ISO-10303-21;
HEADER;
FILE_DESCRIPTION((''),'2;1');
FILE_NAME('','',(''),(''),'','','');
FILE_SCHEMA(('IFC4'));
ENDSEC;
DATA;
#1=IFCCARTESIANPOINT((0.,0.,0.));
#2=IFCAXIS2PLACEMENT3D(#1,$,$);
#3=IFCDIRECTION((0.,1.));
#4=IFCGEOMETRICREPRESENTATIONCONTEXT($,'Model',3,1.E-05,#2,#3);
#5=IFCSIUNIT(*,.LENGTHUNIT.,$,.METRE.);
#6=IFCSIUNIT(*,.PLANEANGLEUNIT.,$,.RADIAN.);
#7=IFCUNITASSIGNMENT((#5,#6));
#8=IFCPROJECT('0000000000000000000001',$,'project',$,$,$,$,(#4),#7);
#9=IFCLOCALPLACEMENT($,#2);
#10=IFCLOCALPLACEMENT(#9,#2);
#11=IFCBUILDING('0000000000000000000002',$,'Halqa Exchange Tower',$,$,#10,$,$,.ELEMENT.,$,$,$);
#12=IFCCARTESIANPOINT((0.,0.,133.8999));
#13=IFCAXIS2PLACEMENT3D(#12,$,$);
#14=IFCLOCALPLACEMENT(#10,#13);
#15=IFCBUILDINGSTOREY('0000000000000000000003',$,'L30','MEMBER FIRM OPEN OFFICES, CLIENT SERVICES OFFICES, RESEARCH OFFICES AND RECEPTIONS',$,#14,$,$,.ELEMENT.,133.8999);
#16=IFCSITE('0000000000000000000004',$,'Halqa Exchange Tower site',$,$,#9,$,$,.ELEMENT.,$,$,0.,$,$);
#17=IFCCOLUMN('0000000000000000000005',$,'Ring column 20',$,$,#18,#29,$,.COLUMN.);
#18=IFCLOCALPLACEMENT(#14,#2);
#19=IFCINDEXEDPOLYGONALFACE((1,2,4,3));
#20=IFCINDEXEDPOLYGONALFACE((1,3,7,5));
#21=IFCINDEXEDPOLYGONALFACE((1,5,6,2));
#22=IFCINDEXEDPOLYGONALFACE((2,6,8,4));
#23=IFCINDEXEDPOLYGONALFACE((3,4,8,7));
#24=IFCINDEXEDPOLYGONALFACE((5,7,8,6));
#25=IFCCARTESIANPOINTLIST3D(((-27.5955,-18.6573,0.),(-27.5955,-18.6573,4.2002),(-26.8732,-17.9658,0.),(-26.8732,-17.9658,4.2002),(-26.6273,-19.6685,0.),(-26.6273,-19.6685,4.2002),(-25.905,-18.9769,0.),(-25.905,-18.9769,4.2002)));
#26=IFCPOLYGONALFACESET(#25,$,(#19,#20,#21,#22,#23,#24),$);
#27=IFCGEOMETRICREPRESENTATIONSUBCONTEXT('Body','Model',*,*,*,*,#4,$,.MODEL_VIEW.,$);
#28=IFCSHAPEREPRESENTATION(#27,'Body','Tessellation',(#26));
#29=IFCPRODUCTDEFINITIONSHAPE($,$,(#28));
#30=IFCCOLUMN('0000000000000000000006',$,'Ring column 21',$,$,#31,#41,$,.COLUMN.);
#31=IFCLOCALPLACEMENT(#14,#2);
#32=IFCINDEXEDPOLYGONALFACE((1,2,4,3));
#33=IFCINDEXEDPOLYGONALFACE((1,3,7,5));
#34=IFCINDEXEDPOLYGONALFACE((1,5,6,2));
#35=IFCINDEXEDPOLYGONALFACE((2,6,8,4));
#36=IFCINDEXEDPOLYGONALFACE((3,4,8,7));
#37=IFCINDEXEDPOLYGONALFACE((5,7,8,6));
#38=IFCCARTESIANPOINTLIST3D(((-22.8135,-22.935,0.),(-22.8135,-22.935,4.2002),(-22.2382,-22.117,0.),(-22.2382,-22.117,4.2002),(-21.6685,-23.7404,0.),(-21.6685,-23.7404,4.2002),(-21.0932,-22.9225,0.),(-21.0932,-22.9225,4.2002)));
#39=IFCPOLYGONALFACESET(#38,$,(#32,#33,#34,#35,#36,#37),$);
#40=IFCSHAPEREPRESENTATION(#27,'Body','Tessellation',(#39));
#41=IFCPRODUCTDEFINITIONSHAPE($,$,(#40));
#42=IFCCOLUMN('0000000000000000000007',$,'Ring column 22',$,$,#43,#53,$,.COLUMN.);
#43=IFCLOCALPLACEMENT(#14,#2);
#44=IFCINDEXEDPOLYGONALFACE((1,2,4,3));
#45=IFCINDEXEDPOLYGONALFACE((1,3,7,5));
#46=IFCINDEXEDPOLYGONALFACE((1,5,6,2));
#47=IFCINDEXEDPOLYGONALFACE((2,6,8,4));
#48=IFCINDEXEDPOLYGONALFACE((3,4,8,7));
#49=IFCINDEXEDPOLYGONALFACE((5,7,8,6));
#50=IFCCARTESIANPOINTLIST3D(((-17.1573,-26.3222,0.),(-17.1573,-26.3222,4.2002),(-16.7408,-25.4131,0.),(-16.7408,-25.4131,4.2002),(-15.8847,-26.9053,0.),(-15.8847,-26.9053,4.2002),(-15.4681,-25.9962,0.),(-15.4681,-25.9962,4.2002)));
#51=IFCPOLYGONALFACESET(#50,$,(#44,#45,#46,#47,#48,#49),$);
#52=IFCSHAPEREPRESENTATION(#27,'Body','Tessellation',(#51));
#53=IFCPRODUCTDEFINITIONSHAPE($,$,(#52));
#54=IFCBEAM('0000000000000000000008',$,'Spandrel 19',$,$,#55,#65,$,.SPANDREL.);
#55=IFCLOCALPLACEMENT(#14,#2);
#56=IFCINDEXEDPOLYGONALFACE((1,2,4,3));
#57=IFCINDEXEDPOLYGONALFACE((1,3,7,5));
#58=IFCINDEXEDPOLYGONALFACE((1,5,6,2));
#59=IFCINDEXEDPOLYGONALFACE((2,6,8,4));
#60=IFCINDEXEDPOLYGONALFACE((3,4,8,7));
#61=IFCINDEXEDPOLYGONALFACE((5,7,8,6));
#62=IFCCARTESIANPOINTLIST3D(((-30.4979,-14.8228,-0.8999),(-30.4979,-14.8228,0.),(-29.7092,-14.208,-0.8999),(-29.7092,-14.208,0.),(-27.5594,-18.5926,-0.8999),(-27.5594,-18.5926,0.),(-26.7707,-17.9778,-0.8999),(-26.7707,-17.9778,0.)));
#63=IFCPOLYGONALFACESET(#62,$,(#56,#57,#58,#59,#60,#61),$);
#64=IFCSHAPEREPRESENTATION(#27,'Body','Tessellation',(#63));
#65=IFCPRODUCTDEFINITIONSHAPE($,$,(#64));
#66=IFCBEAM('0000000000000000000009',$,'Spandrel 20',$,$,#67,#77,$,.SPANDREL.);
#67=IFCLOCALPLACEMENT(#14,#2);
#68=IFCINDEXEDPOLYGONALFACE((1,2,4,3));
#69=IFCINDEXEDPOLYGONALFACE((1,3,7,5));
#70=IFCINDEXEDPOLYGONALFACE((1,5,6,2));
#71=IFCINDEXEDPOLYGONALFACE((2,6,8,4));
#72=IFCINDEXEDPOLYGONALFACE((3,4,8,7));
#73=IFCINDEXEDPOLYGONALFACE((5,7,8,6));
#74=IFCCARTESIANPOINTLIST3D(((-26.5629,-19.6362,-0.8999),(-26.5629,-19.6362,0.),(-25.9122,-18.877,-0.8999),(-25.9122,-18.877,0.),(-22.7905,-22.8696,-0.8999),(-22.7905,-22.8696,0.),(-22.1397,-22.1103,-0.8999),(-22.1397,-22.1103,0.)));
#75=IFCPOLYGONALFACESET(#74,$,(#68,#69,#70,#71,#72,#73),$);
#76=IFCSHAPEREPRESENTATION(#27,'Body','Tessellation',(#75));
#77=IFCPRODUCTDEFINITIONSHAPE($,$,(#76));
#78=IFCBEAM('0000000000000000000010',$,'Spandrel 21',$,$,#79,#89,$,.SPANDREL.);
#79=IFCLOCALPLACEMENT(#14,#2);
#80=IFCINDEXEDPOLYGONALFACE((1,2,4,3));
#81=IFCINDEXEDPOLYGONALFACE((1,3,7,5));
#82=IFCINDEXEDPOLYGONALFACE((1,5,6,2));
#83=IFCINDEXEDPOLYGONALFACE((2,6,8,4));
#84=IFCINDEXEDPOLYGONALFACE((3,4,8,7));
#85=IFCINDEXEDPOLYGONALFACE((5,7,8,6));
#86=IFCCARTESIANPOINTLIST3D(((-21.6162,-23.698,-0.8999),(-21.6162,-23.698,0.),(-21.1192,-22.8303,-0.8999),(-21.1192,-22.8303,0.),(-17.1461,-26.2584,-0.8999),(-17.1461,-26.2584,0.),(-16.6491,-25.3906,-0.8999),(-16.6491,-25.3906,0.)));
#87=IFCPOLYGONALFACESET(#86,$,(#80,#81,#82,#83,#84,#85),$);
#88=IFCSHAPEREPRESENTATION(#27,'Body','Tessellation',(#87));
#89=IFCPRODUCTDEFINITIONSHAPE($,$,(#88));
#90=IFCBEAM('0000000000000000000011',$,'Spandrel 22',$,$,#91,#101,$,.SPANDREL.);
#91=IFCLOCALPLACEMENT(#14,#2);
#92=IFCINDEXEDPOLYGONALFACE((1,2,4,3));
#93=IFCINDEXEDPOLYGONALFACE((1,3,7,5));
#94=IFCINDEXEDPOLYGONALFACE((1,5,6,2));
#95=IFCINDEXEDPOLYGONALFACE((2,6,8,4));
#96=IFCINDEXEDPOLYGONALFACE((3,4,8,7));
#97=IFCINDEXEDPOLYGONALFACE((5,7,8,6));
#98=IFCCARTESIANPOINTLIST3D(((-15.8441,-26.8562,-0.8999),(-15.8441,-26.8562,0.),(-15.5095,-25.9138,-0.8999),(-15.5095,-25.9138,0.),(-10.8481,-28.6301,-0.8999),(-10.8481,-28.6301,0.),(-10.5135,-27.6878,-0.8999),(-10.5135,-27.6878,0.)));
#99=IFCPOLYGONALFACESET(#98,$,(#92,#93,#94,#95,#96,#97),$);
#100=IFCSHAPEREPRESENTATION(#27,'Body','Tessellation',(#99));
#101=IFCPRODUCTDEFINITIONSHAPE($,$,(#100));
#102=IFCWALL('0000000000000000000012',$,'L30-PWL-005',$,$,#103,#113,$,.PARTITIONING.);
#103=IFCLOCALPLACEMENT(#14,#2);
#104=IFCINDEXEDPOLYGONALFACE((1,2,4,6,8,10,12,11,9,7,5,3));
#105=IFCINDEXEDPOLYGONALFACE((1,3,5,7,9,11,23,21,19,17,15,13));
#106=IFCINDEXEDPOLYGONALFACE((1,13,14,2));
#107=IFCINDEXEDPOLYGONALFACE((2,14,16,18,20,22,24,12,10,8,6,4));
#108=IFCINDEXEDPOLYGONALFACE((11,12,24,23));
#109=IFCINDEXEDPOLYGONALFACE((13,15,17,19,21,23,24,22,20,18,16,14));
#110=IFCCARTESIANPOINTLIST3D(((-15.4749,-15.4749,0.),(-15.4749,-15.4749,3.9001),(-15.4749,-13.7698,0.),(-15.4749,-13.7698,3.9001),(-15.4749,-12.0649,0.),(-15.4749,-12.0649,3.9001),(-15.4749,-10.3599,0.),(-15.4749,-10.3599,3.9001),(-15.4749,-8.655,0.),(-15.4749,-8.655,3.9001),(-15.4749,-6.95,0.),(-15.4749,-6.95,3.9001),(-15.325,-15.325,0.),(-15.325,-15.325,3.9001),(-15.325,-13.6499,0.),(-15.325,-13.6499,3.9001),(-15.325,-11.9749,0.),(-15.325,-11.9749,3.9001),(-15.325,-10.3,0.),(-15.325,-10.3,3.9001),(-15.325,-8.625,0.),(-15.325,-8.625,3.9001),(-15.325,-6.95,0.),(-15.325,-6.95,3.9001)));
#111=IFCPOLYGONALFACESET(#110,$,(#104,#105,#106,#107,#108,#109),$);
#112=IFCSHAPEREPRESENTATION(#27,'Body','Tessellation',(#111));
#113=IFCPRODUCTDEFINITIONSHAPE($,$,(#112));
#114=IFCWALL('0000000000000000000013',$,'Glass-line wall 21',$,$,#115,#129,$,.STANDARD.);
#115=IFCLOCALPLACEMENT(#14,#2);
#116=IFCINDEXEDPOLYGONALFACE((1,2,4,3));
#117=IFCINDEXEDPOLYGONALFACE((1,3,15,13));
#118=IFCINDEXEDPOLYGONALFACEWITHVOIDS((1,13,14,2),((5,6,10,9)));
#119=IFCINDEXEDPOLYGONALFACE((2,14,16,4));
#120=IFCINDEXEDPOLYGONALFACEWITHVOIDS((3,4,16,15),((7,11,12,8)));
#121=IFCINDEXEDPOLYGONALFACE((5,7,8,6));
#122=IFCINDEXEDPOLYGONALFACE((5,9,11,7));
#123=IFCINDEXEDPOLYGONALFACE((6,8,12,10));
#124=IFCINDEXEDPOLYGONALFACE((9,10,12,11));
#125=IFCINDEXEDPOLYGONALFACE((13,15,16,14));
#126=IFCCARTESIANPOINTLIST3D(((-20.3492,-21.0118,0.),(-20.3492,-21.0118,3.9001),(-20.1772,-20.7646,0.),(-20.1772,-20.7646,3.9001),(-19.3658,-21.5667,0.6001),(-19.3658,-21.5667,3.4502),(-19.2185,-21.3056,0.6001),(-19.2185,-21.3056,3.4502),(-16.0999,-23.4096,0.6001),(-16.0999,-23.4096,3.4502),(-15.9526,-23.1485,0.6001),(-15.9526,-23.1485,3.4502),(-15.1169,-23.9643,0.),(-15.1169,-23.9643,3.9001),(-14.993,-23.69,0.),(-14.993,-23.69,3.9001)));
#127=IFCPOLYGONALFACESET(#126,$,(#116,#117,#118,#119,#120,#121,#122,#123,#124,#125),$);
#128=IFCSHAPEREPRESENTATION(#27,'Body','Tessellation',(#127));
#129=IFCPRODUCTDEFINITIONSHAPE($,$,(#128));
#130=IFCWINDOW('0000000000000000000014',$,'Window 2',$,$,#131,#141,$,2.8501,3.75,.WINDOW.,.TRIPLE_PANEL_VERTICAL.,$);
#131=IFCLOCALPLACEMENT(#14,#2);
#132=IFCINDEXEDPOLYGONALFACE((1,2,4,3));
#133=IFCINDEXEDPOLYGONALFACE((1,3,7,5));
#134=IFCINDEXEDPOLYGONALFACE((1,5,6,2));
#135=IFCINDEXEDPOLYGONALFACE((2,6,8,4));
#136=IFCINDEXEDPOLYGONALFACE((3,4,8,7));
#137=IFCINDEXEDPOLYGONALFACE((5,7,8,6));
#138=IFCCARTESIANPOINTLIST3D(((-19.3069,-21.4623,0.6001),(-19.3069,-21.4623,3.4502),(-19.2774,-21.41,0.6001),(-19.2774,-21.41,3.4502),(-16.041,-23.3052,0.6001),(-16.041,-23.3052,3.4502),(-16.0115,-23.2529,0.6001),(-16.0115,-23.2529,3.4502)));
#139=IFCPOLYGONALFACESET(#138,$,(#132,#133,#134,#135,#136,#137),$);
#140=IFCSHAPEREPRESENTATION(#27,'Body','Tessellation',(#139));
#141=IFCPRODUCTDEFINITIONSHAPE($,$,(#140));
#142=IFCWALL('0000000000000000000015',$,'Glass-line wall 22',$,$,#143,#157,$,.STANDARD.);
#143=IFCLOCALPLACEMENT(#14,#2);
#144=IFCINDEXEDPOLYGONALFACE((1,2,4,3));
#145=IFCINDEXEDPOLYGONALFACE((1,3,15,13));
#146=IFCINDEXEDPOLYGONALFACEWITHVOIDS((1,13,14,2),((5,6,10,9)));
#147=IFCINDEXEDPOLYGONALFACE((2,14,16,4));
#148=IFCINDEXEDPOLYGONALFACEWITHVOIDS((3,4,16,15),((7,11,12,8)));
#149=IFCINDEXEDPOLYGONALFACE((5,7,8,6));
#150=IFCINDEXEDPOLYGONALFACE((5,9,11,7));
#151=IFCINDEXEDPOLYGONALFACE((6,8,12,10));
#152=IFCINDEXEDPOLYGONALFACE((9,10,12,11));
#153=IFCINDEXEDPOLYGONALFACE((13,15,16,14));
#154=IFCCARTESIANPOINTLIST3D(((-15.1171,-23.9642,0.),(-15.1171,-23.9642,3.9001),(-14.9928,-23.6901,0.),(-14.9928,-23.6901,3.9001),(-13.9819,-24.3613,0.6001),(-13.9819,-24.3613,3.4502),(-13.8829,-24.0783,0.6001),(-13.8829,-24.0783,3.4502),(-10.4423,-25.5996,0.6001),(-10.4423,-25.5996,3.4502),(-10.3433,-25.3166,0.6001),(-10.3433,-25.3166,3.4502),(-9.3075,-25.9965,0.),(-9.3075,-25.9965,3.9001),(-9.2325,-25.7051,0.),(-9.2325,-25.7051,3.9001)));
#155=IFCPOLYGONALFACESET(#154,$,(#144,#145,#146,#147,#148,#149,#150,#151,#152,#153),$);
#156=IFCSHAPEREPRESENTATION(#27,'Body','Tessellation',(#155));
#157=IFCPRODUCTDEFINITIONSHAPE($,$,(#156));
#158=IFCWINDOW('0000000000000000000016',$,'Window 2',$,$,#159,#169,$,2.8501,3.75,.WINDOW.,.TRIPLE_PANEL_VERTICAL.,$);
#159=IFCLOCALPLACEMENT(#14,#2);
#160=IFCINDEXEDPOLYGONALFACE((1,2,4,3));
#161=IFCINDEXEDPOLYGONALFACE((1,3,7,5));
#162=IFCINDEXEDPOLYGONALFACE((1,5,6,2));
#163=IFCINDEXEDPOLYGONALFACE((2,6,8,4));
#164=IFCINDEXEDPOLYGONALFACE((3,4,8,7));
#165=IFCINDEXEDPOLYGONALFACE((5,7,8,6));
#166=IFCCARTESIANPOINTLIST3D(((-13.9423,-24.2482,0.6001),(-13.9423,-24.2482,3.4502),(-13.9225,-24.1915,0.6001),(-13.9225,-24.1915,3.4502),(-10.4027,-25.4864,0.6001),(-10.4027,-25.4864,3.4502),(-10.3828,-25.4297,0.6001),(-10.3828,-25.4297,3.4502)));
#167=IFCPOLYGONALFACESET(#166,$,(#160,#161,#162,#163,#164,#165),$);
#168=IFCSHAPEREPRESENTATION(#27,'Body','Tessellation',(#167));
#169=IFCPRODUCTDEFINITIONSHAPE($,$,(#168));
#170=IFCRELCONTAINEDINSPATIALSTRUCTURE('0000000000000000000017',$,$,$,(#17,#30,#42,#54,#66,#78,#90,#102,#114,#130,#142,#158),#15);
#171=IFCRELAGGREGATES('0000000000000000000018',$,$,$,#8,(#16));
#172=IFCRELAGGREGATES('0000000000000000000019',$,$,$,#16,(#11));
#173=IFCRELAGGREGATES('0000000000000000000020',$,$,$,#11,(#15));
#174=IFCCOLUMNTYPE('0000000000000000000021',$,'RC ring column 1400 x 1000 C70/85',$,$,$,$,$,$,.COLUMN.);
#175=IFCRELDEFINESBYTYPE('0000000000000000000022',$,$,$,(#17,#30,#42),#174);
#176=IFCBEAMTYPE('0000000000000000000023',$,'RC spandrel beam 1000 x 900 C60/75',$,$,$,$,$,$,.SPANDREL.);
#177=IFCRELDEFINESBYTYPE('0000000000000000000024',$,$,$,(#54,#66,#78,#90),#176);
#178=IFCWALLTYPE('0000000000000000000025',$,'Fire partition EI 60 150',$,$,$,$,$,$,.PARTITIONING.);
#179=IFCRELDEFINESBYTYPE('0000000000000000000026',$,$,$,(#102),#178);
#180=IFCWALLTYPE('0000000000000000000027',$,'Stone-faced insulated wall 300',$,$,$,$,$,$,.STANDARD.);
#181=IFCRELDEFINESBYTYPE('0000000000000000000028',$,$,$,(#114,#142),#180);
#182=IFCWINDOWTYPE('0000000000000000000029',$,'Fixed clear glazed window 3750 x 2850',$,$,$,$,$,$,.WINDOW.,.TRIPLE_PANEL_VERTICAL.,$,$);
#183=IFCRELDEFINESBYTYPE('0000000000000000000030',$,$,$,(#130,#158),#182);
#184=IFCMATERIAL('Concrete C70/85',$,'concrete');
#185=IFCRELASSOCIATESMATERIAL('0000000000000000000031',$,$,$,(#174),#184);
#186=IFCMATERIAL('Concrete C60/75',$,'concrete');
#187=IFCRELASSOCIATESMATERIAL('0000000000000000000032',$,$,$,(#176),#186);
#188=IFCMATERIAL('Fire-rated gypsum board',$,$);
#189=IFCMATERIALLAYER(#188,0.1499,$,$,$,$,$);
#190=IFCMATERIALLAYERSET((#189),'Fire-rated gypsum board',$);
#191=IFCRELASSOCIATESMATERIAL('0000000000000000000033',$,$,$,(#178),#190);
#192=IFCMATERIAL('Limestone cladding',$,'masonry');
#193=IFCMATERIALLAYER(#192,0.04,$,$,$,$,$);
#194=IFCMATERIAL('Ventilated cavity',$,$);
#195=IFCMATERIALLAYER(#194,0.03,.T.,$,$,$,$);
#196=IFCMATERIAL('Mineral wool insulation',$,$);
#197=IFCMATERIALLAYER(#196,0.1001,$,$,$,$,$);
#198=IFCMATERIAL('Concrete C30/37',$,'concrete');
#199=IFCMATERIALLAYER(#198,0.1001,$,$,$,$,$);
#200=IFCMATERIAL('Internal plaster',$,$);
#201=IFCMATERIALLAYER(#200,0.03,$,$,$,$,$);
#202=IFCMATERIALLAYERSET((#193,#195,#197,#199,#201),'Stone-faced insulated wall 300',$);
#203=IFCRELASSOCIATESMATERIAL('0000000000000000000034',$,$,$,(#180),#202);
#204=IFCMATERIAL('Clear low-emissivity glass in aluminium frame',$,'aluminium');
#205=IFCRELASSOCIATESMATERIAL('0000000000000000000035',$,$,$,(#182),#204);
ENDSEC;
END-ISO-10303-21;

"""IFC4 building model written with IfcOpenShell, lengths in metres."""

from ifc_helpers import new_model, si_unit, direction, frame, frame_2d, origin, origin_2d, place, context, subcontext, project, spatial, polyline, rectangle, outline, extrude, material, layer, layer_set, material_profile, profile_set, type_object, element, fill, save


model = new_model("IFC4")

# Units and contexts
model_context = context("Model", 3, precision=1e-05, world=origin(), true_north=direction((0.0, 1.0)))
body_context = subcontext(model_context, "Body", "Model", "MODEL_VIEW")
ifc_project = project(units=[si_unit("LENGTHUNIT", "METRE"), si_unit("PLANEANGLEUNIT", "RADIAN")], contexts=[model_context])

# Site, building, storey
site_placement = place(None, origin())
site = spatial("IfcSite", under=ifc_project, at=site_placement, Name="Halqa Exchange Tower site", CompositionType="ELEMENT", RefElevation=0.0)
building_placement = place(site_placement, origin())
building = spatial("IfcBuilding", under=site, at=building_placement, Name="Halqa Exchange Tower", CompositionType="ELEMENT")
storey_placement = place(building_placement, frame((0.0, 0.0, 133.8999)))
storey = spatial("IfcBuildingStorey", under=building, at=storey_placement, Name="L30", Description="MEMBER FIRM OPEN OFFICES, CLIENT SERVICES OFFICES, RESEARCH OFFICES AND RECEPTIONS", CompositionType="ELEMENT", Elevation=133.8999)

# Columns
ifc_material_1 = material(Name="Concrete C70/85", Category="concrete")
ifc_material_profile_1 = material_profile(ifc_material_1, rectangle(XDim=1.3999, YDim=1.0, at=origin_2d()), Name="1400 x 1000")
ifc_profile_set_1 = profile_set([ifc_material_profile_1], Name="Concrete C70/85")
column_type = type_object("IfcColumnType", Name="RC ring column 1400 x 1000 C70/85", PredefinedType="COLUMN", material=ifc_profile_set_1)
for number, where, z_axis, x_axis, name in (
    (1, (-26.7502, -18.8171, 0.0), (0.0, 0.0, 1.0), (0.691571, -0.722308, 0.0), "Ring column 20"),
    (2, (-21.9534, -22.9287, 0.0), (0.0, 0.0, 1.0), (0.81791, -0.575346, 0.0), "Ring column 21"),
    (3, (-16.3127, -26.1592, 0.0), (0.0, 0.0, 1.0), (0.909126, -0.41652, 0.0), "Ring column 22"),
):
    element("IfcColumn", number, at=place(storey_placement, frame(where, z_axis=z_axis, x_axis=x_axis)), inside=storey, type_object=column_type, Name=name, PredefinedType="COLUMN", context=body_context, shape_type="SweptSolid", body=[
        extrude(rectangle(XDim=1.3999, YDim=1.0, at=origin_2d()), origin(), (0.0, 0.0, 1.0), 4.2002),
    ])

# Beams
ifc_material_2 = material(Name="Concrete C60/75", Category="concrete")
ifc_material_profile_2 = material_profile(ifc_material_2, rectangle(XDim=1.0, YDim=0.8999, at=origin_2d()), Name="1000 x 900")
ifc_profile_set_2 = profile_set([ifc_material_profile_2], Name="Concrete C60/75")
beam_type = type_object("IfcBeamType", Name="RC spandrel beam 1000 x 900 C60/75", PredefinedType="SPANDREL", material=ifc_profile_set_2)
beam_1_placement = place(storey_placement, frame((-30.1035, -14.5154, -0.45), z_axis=(0.614778, -0.7887, 0.0), x_axis=(0.7887, 0.614778, 0.0)))
element("IfcBeam", 4, at=beam_1_placement, inside=storey, type_object=beam_type, Name="Spandrel 19", PredefinedType="SPANDREL", context=body_context, shape_type="SweptSolid", body=[
    extrude(rectangle(XDim=1.0, YDim=0.8999, at=origin_2d()), origin(), (0.0, 0.0, 1.0), 4.7798),
])
beam_2_placement = place(storey_placement, frame((-26.2375, -19.2566, -0.45), z_axis=(0.75927, -0.650775, 0.0), x_axis=(0.650775, 0.75927, 0.0)))
element("IfcBeam", 5, at=beam_2_placement, inside=storey, type_object=beam_type, Name="Spandrel 20", PredefinedType="SPANDREL", context=body_context, shape_type="SweptSolid", body=[
    extrude(rectangle(XDim=1.0, YDim=0.8999, at=origin_2d()), origin(), (0.0, 0.0, 1.0), 4.9685),
])
beam_3_placement = place(storey_placement, frame((-21.3677, -23.2642, -0.45), z_axis=(0.867738, -0.497022, 0.0), x_axis=(0.497022, 0.867738, 0.0)))
element("IfcBeam", 6, at=beam_3_placement, inside=storey, type_object=beam_type, Name="Spandrel 21", PredefinedType="SPANDREL", context=body_context, shape_type="SweptSolid", body=[
    extrude(rectangle(XDim=1.0, YDim=0.8999, at=origin_2d()), origin(), (0.0, 0.0, 1.0), 5.1514),
])
beam_4_placement = place(storey_placement, frame((-15.6768, -26.385, -0.45), z_axis=(0.942356, -0.334612, 0.0), x_axis=(0.334612, 0.942356, 0.0)))
element("IfcBeam", 7, at=beam_4_placement, inside=storey, type_object=beam_type, Name="Spandrel 22", PredefinedType="SPANDREL", context=body_context, shape_type="SweptSolid", body=[
    extrude(rectangle(XDim=1.0, YDim=0.8999, at=origin_2d()), origin(), (0.0, 0.0, 1.0), 5.3015),
])

# Wall
ifc_material_3 = material(Name="Fire-rated gypsum board")
ifc_layer_1 = layer(ifc_material_3, 0.1499)
ifc_layer_set_1 = layer_set([ifc_layer_1], Name="Fire-rated gypsum board")
wall_type_1 = type_object("IfcWallType", Name="Fire partition EI 60 150", PredefinedType="PARTITIONING", material=ifc_layer_set_1)
wall_1_placement = place(storey_placement, frame((-15.3999, -15.4751, 0.0), z_axis=(0.0, 0.0, 1.0), x_axis=(0.0, 1.0, 0.0)))
element("IfcWall", 8, at=wall_1_placement, inside=storey, type_object=wall_type_1, Name="L30-PWL-005", PredefinedType="PARTITIONING", context=body_context, shape_type="SweptSolid", body=[
    extrude(outline(polyline([(8.5251, 0.075), (6.8201, 0.075), (5.1152, 0.075), (3.4102, 0.075), (1.7053, 0.075), (0.0002, 0.075), (0.1501, -0.075), (1.8252, -0.075), (3.5002, -0.075), (5.175, -0.075), (6.8501, -0.075), (8.5251, -0.075), (8.5251, 0.075)])), origin(), (0.0, 0.0, 1.0), 3.9001),
])

# Shared definitions
ifc_material_4 = material(Name="Limestone cladding", Category="masonry")
ifc_layer_2 = layer(ifc_material_4, 0.04)
ifc_material_5 = material(Name="Ventilated cavity")
ifc_layer_3 = layer(ifc_material_5, 0.03, ventilated=True)
ifc_material_6 = material(Name="Mineral wool insulation")
ifc_layer_4 = layer(ifc_material_6, 0.1001)
ifc_material_7 = material(Name="Concrete C30/37", Category="concrete")
ifc_layer_5 = layer(ifc_material_7, 0.1001)
ifc_material_8 = material(Name="Internal plaster")
ifc_layer_6 = layer(ifc_material_8, 0.03)
ifc_layer_set_2 = layer_set([ifc_layer_2, ifc_layer_3, ifc_layer_4, ifc_layer_5, ifc_layer_6], Name="Stone-faced insulated wall 300")
wall_type_2 = type_object("IfcWallType", Name="Stone-faced insulated wall 300", PredefinedType="STANDARD", material=ifc_layer_set_2)
ifc_material_9 = material(Name="Clear low-emissivity glass in aluminium frame", Category="aluminium")

# Walls, openings, windows
wall_2_placement = place(storey_placement, frame((-20.2632, -20.8882, 0.0), z_axis=(0.0, 0.0, 1.0), x_axis=(0.870909, -0.491445, 0.0)))
wall_2 = element("IfcWall", 9, at=wall_2_placement, inside=storey, type_object=wall_type_2, Name="Glass-line wall 21", PredefinedType="STANDARD", context=body_context, shape_type="SweptSolid", body=[
    extrude(outline(polyline([(-0.0142, -0.1499), (5.9937, -0.1499), (5.9668, 0.1499), (0.0142, 0.1499), (-0.0142, -0.1499)])), origin(), (0.0, 0.0, 1.0), 3.9001),
])
opening_1_placement = place(wall_2_placement, frame((1.115, 0.0, 0.6001)))
opening_1 = element("IfcOpeningElement", 10, at=opening_1_placement, cuts=wall_2, PredefinedType="OPENING", context=body_context, shape_type="SweptSolid", body=[
    extrude(rectangle(XDim=3.75, YDim=2.8501, at=frame_2d((1.875, 1.425))), frame((0.0, 0.1621, 0.0), z_axis=(0.0, -1.0, 0.0), x_axis=(1.0, 0.0, 0.0)), (0.0, 0.0, 1.0), 0.324),
])
window_type = type_object("IfcWindowType", Name="Fixed clear glazed window 3750 x 2850", PartitioningType="TRIPLE_PANEL_VERTICAL", PredefinedType="WINDOW", material=ifc_material_9)
window_1_placement = place(opening_1_placement, origin())
window_1 = element("IfcWindow", 11, at=window_1_placement, inside=storey, type_object=window_type, Name="Window 2", OverallHeight=2.8501, OverallWidth=3.75, PartitioningType="TRIPLE_PANEL_VERTICAL", PredefinedType="WINDOW", context=body_context, shape_type="SweptSolid", body=[
    extrude(rectangle(XDim=3.75, YDim=2.8501, at=frame_2d((1.875, 1.425))), frame((0.0, 0.03, 0.0), z_axis=(0.0, -1.0, 0.0), x_axis=(1.0, 0.0, 0.0)), (0.0, 0.0, 1.0), 0.0601),
])
fill(opening_1, window_1)
wall_3_placement = place(storey_placement, frame((-15.0549, -23.8271, 0.0), z_axis=(0.0, 0.0, 1.0), x_axis=(0.943911, -0.3302, 0.0)))
wall_3 = element("IfcWall", 12, at=wall_3_placement, inside=storey, type_object=wall_type_2, Name="Glass-line wall 22", PredefinedType="STANDARD", context=body_context, shape_type="SweptSolid", body=[
    extrude(outline(polyline([(-0.0134, -0.1499), (6.1414, -0.1499), (6.116, 0.1499), (0.0134, 0.1499), (-0.0134, -0.1499)])), origin(), (0.0, 0.0, 1.0), 3.9001),
])
opening_2_placement = place(wall_3_placement, frame((1.1892, 0.0, 0.6001)))
opening_2 = element("IfcOpeningElement", 13, at=opening_2_placement, cuts=wall_3, PredefinedType="OPENING", context=body_context, shape_type="SweptSolid", body=[
    extrude(rectangle(XDim=3.75, YDim=2.8501, at=frame_2d((1.875, 1.425))), frame((0.0, 0.1621, 0.0), z_axis=(0.0, -1.0, 0.0), x_axis=(1.0, 0.0, 0.0)), (0.0, 0.0, 1.0), 0.324),
])
window_2_placement = place(opening_2_placement, origin())
window_2 = element("IfcWindow", 14, at=window_2_placement, inside=storey, type_object=window_type, Name="Window 2", OverallHeight=2.8501, OverallWidth=3.75, PartitioningType="TRIPLE_PANEL_VERTICAL", PredefinedType="WINDOW", context=body_context, shape_type="SweptSolid", body=[
    extrude(rectangle(XDim=3.75, YDim=2.8501, at=frame_2d((1.875, 1.425))), frame((0.0, 0.03, 0.0), z_axis=(0.0, -1.0, 0.0), x_axis=(1.0, 0.0, 0.0)), (0.0, 0.0, 1.0), 0.0601),
])
fill(opening_2, window_2)

save(model, "model.ifc")
